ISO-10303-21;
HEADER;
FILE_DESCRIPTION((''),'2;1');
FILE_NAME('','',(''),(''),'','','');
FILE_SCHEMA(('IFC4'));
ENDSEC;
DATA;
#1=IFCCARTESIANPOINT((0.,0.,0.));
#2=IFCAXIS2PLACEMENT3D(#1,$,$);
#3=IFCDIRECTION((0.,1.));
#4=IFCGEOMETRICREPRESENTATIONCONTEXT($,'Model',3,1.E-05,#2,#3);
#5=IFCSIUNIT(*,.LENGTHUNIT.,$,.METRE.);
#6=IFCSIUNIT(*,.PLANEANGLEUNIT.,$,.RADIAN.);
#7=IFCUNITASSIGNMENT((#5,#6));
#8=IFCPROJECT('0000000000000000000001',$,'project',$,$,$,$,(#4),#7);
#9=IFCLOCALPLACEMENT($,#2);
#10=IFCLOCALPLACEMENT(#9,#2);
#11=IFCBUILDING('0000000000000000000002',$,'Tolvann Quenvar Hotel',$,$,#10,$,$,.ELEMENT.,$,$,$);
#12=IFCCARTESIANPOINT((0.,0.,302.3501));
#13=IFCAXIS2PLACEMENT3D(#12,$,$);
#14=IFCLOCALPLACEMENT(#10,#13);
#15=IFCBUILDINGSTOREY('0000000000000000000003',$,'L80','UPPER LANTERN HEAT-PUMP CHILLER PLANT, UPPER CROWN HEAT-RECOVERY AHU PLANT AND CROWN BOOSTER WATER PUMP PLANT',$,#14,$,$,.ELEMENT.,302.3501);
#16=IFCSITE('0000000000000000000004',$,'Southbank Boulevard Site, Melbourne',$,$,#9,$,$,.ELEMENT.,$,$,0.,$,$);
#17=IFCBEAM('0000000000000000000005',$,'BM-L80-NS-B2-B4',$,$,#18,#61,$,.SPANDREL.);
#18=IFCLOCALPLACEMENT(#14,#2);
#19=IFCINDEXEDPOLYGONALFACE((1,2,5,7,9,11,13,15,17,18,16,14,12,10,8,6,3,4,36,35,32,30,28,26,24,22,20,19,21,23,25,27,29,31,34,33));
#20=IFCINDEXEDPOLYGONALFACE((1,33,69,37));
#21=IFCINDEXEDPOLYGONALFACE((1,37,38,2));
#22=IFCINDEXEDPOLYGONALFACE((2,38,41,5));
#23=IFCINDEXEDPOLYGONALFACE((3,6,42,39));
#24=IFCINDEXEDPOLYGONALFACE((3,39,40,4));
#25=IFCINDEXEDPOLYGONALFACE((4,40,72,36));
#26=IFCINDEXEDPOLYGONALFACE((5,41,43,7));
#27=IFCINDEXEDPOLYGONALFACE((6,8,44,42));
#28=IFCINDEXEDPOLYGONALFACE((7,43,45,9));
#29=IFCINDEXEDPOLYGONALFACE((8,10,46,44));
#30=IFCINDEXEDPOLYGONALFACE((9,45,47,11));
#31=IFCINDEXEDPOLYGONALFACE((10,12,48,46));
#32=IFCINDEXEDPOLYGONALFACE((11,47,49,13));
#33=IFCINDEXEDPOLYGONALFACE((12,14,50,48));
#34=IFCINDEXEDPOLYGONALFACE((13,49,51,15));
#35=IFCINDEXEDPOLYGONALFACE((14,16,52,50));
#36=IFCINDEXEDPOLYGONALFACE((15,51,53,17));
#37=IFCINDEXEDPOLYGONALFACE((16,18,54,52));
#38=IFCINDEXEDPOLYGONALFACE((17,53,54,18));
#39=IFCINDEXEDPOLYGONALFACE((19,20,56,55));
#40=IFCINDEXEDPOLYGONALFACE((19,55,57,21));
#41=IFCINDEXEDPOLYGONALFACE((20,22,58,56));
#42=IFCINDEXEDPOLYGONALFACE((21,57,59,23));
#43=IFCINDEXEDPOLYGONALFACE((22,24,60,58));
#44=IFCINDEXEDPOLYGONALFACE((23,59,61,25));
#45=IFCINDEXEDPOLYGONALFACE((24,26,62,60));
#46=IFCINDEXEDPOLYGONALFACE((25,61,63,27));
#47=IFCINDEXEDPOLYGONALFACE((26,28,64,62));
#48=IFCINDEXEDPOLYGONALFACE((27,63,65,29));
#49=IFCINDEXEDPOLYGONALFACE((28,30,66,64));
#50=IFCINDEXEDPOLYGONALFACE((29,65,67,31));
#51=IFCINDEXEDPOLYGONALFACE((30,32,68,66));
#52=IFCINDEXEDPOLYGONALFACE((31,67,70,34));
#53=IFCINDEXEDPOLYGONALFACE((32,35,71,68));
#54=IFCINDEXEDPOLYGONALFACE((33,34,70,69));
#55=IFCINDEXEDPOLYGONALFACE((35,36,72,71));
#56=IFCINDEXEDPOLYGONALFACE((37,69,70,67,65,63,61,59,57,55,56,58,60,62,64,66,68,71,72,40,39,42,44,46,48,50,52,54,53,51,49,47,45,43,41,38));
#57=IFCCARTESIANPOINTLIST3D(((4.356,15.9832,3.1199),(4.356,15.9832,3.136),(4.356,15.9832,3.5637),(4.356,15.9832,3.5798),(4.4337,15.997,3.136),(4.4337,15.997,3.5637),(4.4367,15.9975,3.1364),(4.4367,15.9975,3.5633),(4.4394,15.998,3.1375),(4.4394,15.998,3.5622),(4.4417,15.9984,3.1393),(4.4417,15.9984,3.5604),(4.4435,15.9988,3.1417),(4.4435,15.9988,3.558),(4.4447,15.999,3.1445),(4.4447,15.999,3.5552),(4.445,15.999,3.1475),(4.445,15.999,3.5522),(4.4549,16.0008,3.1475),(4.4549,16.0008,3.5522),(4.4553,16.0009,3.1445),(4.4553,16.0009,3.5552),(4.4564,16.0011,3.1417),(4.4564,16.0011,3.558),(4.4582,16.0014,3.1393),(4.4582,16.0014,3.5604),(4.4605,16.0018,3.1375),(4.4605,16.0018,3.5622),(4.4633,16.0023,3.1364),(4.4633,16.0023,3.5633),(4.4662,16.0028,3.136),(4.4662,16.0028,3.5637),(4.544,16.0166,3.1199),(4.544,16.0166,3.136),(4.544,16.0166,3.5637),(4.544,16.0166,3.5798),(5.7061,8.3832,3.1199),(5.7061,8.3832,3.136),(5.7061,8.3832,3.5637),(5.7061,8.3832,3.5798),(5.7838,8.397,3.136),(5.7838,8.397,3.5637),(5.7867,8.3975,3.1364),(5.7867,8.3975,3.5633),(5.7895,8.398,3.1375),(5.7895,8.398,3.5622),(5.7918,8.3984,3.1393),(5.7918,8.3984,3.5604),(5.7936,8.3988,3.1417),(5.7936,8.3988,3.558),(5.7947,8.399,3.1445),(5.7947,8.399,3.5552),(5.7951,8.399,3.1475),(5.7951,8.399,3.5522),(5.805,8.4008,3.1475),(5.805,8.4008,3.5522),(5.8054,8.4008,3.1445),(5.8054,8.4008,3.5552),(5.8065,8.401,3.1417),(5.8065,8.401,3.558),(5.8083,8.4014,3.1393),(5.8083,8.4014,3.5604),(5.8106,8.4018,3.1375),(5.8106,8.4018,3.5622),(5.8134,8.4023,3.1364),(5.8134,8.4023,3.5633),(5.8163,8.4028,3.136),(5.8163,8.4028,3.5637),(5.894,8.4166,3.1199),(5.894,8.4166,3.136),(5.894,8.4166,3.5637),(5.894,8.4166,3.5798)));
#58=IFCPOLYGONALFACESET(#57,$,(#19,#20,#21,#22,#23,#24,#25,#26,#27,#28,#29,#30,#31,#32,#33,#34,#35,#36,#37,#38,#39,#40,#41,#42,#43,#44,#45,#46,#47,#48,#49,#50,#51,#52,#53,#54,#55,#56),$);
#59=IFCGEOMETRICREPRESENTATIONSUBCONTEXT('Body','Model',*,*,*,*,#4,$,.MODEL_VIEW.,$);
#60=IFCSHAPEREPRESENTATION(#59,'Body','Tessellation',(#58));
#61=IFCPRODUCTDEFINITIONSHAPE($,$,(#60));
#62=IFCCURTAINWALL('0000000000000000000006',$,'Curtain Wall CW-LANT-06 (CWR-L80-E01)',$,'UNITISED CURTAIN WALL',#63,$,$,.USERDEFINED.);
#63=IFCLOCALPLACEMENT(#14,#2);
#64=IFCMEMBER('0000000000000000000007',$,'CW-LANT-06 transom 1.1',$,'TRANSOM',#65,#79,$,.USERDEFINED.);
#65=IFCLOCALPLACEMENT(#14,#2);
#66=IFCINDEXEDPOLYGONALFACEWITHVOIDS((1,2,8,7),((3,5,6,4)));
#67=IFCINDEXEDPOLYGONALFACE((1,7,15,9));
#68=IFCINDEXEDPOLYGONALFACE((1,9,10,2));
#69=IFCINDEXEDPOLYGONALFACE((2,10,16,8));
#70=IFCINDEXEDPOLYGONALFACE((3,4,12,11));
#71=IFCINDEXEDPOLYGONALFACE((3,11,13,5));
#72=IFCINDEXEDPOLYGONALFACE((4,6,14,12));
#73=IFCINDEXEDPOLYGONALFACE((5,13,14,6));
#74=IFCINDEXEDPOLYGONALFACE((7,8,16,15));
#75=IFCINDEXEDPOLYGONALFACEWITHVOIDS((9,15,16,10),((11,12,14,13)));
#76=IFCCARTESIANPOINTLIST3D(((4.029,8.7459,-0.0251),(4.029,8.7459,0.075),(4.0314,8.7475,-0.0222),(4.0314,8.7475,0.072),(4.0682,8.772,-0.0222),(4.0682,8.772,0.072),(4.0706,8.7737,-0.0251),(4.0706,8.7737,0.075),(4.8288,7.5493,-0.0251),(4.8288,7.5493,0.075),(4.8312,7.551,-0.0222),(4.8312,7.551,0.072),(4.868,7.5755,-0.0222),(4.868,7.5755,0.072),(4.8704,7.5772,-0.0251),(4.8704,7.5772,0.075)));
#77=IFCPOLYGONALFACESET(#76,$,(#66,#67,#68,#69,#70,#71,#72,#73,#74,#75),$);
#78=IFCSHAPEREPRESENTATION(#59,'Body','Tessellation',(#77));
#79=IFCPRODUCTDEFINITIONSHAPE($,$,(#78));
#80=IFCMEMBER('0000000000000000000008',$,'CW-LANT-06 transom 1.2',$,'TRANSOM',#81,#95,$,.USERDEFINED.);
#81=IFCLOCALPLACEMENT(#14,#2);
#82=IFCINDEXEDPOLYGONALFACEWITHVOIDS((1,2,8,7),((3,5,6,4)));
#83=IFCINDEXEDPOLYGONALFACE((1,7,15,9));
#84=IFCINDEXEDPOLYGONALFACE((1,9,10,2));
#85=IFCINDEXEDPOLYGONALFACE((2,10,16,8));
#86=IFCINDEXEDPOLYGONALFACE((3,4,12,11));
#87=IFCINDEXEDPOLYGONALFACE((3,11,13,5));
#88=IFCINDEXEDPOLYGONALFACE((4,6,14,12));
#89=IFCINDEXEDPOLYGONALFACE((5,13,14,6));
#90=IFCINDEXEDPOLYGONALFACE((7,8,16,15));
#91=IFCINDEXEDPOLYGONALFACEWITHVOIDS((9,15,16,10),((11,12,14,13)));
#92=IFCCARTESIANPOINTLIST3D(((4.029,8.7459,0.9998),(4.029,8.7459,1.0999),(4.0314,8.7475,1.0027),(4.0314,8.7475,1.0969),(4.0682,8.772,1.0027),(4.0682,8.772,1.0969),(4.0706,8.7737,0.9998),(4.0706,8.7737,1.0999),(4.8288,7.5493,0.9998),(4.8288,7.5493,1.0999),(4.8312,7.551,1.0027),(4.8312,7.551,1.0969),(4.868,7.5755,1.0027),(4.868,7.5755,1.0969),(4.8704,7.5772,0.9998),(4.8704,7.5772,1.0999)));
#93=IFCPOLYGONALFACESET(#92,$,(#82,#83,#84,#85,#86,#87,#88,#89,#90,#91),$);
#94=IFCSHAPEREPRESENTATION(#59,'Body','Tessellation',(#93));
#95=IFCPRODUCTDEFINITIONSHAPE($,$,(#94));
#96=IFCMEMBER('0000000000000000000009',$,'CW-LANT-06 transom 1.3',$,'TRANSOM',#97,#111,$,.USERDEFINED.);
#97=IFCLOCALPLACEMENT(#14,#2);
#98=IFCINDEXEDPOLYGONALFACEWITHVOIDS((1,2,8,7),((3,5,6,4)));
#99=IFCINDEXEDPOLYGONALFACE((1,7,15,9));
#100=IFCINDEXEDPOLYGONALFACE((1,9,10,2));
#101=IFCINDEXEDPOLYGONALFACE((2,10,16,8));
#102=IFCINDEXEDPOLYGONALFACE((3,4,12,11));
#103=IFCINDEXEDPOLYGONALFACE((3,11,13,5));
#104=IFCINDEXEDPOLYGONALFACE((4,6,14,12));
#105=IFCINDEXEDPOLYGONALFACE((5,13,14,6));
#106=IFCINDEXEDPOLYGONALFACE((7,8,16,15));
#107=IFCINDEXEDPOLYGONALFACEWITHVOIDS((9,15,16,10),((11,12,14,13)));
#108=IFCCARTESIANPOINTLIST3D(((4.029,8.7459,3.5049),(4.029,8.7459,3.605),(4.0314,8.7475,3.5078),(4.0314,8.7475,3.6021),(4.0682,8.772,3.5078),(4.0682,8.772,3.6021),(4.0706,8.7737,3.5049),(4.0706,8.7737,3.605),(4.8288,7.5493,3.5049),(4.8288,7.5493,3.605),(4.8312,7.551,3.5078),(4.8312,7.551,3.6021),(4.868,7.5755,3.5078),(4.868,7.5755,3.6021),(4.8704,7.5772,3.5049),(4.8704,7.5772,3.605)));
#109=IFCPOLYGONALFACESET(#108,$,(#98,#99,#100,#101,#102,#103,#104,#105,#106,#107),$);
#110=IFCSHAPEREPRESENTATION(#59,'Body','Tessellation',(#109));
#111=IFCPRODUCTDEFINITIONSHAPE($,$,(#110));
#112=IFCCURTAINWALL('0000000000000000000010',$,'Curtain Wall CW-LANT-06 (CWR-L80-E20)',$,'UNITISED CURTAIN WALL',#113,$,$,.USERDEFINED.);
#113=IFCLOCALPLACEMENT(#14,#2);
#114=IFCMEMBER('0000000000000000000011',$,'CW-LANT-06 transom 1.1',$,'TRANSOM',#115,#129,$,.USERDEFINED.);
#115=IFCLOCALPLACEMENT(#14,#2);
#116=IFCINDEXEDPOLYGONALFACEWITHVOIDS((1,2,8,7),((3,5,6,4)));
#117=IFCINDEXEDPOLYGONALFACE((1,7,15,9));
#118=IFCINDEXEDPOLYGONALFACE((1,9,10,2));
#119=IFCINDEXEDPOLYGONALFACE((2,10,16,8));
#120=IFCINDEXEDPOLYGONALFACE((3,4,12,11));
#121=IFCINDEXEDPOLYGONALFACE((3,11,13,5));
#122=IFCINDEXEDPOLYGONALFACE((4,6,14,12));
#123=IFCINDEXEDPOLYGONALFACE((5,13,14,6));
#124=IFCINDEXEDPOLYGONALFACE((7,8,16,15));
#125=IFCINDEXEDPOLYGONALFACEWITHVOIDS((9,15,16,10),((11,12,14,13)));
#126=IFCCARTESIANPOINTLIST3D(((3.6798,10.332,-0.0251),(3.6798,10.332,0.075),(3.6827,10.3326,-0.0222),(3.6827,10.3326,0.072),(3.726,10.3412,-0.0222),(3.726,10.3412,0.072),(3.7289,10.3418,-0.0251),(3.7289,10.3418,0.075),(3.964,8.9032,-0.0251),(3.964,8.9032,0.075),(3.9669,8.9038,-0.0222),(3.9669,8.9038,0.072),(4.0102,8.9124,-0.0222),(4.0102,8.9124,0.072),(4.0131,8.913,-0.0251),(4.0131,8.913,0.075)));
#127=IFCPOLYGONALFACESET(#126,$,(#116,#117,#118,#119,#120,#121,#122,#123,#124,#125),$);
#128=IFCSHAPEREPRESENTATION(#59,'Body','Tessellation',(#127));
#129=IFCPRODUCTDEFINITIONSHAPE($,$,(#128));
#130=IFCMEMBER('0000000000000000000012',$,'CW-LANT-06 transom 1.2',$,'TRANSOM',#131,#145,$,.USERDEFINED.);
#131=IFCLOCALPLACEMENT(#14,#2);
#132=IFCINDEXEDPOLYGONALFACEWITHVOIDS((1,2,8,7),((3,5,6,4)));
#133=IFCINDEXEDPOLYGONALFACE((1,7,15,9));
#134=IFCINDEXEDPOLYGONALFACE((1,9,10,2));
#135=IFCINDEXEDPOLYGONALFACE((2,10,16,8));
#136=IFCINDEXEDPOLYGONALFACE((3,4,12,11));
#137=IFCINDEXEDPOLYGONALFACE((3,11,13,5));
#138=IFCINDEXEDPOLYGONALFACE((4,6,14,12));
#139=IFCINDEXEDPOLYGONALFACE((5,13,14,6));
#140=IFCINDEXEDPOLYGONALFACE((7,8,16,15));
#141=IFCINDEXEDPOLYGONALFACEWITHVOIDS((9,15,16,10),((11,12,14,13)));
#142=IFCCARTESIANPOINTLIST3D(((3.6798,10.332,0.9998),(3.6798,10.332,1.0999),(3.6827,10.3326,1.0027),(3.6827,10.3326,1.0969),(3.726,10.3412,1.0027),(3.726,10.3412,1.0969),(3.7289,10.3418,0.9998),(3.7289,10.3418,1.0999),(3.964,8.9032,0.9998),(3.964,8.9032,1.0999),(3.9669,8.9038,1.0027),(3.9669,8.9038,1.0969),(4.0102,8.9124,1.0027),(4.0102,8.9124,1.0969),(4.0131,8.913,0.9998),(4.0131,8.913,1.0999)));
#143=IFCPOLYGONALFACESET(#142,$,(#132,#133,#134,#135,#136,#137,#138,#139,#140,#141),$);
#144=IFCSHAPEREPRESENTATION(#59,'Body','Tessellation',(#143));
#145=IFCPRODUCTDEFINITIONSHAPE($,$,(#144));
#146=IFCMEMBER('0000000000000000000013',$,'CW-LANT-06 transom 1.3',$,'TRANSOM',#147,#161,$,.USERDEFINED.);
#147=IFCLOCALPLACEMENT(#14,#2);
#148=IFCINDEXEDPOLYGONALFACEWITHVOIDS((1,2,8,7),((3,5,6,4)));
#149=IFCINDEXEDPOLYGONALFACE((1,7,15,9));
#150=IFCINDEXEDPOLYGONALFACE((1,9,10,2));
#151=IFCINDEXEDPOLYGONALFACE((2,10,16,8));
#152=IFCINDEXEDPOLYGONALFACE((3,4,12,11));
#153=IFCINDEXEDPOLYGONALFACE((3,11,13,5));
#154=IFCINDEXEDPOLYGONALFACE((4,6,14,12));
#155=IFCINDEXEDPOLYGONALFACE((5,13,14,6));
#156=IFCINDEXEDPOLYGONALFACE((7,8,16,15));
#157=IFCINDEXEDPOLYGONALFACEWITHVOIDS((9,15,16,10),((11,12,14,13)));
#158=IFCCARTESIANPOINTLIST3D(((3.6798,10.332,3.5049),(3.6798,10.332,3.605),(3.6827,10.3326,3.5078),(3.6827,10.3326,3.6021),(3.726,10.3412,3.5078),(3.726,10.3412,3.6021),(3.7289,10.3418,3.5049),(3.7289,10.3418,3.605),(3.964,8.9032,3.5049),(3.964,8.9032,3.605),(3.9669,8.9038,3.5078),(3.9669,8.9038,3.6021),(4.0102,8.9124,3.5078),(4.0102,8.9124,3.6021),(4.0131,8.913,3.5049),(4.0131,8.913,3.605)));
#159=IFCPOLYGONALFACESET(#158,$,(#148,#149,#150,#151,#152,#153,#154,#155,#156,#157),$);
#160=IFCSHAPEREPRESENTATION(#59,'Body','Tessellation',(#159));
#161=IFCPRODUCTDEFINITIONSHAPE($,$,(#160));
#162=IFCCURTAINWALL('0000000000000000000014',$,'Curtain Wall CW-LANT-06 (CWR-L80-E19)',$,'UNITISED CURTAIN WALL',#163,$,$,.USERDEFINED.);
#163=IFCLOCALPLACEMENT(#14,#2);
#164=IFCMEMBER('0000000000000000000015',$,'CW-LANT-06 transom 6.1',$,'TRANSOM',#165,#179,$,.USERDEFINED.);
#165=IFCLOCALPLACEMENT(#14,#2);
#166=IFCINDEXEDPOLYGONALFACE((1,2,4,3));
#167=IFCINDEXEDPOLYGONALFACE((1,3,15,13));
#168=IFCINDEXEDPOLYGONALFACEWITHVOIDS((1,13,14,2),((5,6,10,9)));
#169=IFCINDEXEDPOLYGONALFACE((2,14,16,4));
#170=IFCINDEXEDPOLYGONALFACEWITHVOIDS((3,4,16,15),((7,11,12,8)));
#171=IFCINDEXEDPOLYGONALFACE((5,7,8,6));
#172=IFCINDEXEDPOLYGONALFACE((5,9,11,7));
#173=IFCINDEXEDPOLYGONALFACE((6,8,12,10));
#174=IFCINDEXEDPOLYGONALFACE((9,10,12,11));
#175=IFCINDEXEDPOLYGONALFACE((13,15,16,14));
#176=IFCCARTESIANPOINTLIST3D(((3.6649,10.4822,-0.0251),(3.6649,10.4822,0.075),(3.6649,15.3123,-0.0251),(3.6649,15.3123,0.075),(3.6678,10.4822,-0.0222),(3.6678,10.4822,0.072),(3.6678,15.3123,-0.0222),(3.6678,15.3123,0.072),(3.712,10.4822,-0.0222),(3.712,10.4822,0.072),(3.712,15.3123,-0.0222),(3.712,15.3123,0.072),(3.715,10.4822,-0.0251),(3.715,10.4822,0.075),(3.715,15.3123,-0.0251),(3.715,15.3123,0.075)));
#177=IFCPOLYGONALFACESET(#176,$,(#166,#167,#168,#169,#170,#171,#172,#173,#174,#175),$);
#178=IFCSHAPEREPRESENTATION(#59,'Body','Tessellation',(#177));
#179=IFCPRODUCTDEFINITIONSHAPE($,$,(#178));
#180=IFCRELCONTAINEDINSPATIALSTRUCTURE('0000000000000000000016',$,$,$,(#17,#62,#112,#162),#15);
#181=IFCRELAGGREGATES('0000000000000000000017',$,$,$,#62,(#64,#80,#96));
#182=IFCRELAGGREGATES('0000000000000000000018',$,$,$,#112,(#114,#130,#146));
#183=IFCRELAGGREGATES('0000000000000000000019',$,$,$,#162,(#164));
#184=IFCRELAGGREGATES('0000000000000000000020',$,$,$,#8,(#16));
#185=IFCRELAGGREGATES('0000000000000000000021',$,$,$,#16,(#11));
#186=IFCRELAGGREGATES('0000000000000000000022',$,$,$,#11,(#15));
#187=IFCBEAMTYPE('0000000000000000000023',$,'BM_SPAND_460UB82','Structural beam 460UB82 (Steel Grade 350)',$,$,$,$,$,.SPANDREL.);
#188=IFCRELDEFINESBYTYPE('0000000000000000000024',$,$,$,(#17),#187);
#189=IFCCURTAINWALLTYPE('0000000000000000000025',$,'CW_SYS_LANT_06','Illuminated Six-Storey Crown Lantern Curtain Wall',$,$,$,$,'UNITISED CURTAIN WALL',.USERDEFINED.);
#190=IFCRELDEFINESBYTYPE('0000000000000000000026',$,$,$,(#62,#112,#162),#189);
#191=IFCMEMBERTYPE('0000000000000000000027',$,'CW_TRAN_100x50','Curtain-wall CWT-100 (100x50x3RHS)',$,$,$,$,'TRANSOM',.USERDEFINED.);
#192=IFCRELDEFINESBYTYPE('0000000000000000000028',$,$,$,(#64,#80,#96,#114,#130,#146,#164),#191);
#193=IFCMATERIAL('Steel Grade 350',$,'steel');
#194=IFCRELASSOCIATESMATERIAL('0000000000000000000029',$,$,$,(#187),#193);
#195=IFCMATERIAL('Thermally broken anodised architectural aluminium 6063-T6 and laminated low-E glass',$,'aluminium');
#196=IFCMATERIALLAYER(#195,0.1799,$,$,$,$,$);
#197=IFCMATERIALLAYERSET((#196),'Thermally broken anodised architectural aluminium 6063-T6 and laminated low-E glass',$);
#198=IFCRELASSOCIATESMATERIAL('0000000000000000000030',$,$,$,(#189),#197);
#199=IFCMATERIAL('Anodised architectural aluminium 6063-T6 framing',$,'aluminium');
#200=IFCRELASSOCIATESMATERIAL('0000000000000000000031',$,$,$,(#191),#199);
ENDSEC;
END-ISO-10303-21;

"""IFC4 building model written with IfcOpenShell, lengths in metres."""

from ifc_helpers import new_model, si_unit, direction, frame, origin, origin_2d, place, context, subcontext, project, spatial, hollow_rectangle, i_section, extrude, source, transform, mapped, material, layer, layer_set, material_profile, profile_set, type_object, type_shapes, element, aggregate, save


model = new_model("IFC4")

# Units and contexts
model_context = context("Model", 3, precision=1e-05, world=origin(), true_north=direction((0.0, 1.0)))
body_context = subcontext(model_context, "Body", "Model", "MODEL_VIEW")
ifc_project = project(units=[si_unit("LENGTHUNIT", "METRE"), si_unit("PLANEANGLEUNIT", "RADIAN")], contexts=[model_context])

# Site, building, storey
site_placement = place(None, origin())
site = spatial("IfcSite", under=ifc_project, at=site_placement, Name="Southbank Boulevard Site, Melbourne", CompositionType="ELEMENT", RefElevation=0.0)
building_placement = place(site_placement, origin())
building = spatial("IfcBuilding", under=site, at=building_placement, Name="Tolvann Quenvar Hotel", CompositionType="ELEMENT")
storey_placement = place(building_placement, frame((0.0, 0.0, 302.3501)))
storey = spatial("IfcBuildingStorey", under=building, at=storey_placement, Name="L80", Description="UPPER LANTERN HEAT-PUMP CHILLER PLANT, UPPER CROWN HEAT-RECOVERY AHU PLANT AND CROWN BOOSTER WATER PUMP PLANT", CompositionType="ELEMENT", Elevation=302.3501)

# Shared definitions
ifc_material_1 = material(Name="Steel Grade 350", Category="steel")

# Beam
ifc_material_profile_1 = material_profile(ifc_material_1, i_section(OverallWidth=0.1909, OverallDepth=0.46, WebThickness=0.01, FlangeThickness=0.0161, FilletRadius=0.0115, at=origin_2d()), Name="460UB82")
ifc_profile_set_1 = profile_set([ifc_material_profile_1], Name="Steel Grade 350")
beam_type_1 = type_object("IfcBeamType", Name="BM_SPAND_460UB82", Description="Structural beam 460UB82 (Steel Grade 350)", PredefinedType="SPANDREL", material=ifc_profile_set_1)
shared_shape_1 = source(origin(), body_context, "Body", "SweptSolid", [
    extrude(i_section(OverallWidth=0.1909, OverallDepth=0.46, WebThickness=0.01, FlangeThickness=0.0161, FilletRadius=0.0115, at=origin_2d()), origin(), (0.0, 0.0, 1.0), 7.719),
])
beam_1_placement = place(storey_placement, frame((5.8, 8.3999, 3.3499), z_axis=(-0.174904, 0.984586, 0.0), x_axis=(-0.984586, -0.174904, 0.0)))
element("IfcBeam", 1, at=beam_1_placement, inside=storey, type_object=beam_type_1, Name="BM-L80-NS-B2-B4", PredefinedType="SPANDREL", context=body_context, shape_type="MappedRepresentation", body=[
    mapped(shared_shape_1, transform((0.0, 0.0, 0.0), x_axis=(1.0, 0.0, 0.0), y_axis=(0.0, 1.0, 0.0), z_axis=(0.0, 0.0, 1.0), scale=1.0)),
])

# Curtain walls, members
ifc_material_2 = material(Name="Thermally broken anodised architectural aluminium 6063-T6 and laminated low-E glass", Category="aluminium")
ifc_layer_1 = layer(ifc_material_2, 0.1799)
ifc_layer_set_1 = layer_set([ifc_layer_1], Name="Thermally broken anodised architectural aluminium 6063-T6 and laminated low-E glass")
curtain_wall_type = type_object("IfcCurtainWallType", Name="CW_SYS_LANT_06", Description="Illuminated Six-Storey Crown Lantern Curtain Wall", ElementType="UNITISED CURTAIN WALL", PredefinedType="USERDEFINED", material=ifc_layer_set_1)
curtain_wall_1_placement = place(storey_placement, origin())
curtain_wall_1 = element("IfcCurtainWall", 2, at=curtain_wall_1_placement, inside=storey, type_object=curtain_wall_type, Name="Curtain Wall CW-LANT-06 (CWR-L80-E01)", ObjectType="UNITISED CURTAIN WALL", PredefinedType="USERDEFINED")
ifc_material_3 = material(Name="Anodised architectural aluminium 6063-T6 framing", Category="aluminium")
ifc_material_profile_2 = material_profile(ifc_material_3, hollow_rectangle(XDim=0.05, YDim=0.1001, WallThickness=0.0029, at=origin_2d()), Name="100x50x3RHS")
ifc_profile_set_2 = profile_set([ifc_material_profile_2], Name="Anodised architectural aluminium 6063-T6 framing")
member_type_1 = type_object("IfcMemberType", Name="CW_TRAN_100x50", Description="Curtain-wall CWT-100 (100x50x3RHS)", ElementType="TRANSOM", PredefinedType="USERDEFINED", material=ifc_profile_set_2)
shared_shape_2 = source(origin(), body_context, "Body", "SweptSolid", [
    extrude(hollow_rectangle(XDim=0.05, YDim=0.1001, WallThickness=0.0029, at=origin_2d()), origin(), (0.0, 0.0, 1.0), 1.4392),
])
member_1_placement = place(storey_placement, frame((4.0498, 8.7598, 0.0249), z_axis=(0.555718, -0.831371, 0.0), x_axis=(0.831371, 0.555718, 0.0)))
member_1 = element("IfcMember", 3, at=member_1_placement, type_object=member_type_1, Name="CW-LANT-06 transom 1.1", ObjectType="TRANSOM", PredefinedType="USERDEFINED", context=body_context, shape_type="MappedRepresentation", body=[
    mapped(shared_shape_2, transform((0.0, 0.0, 0.0), x_axis=(1.0, 0.0, 0.0), y_axis=(0.0, 1.0, 0.0), z_axis=(0.0, 0.0, 1.0), scale=1.0)),
])
member_2_placement = place(storey_placement, frame((4.0498, 8.7598, 1.0498), z_axis=(0.555718, -0.831371, 0.0), x_axis=(0.831371, 0.555718, 0.0)))
member_2 = element("IfcMember", 4, at=member_2_placement, type_object=member_type_1, Name="CW-LANT-06 transom 1.2", ObjectType="TRANSOM", PredefinedType="USERDEFINED", context=body_context, shape_type="MappedRepresentation", body=[
    mapped(shared_shape_2, transform((0.0, 0.0, 0.0), x_axis=(1.0, 0.0, 0.0), y_axis=(0.0, 1.0, 0.0), z_axis=(0.0, 0.0, 1.0), scale=1.0)),
])
member_3_placement = place(storey_placement, frame((4.0498, 8.7598, 3.5549), z_axis=(0.555718, -0.831371, 0.0), x_axis=(0.831371, 0.555718, 0.0)))
member_3 = element("IfcMember", 5, at=member_3_placement, type_object=member_type_1, Name="CW-LANT-06 transom 1.3", ObjectType="TRANSOM", PredefinedType="USERDEFINED", context=body_context, shape_type="MappedRepresentation", body=[
    mapped(shared_shape_2, transform((0.0, 0.0, 0.0), x_axis=(1.0, 0.0, 0.0), y_axis=(0.0, 1.0, 0.0), z_axis=(0.0, 0.0, 1.0), scale=1.0)),
])
curtain_wall_2_placement = place(storey_placement, origin())
curtain_wall_2 = element("IfcCurtainWall", 6, at=curtain_wall_2_placement, inside=storey, type_object=curtain_wall_type, Name="Curtain Wall CW-LANT-06 (CWR-L80-E20)", ObjectType="UNITISED CURTAIN WALL", PredefinedType="USERDEFINED")
shared_shape_3 = source(origin(), body_context, "Body", "SweptSolid", [
    extrude(hollow_rectangle(XDim=0.05, YDim=0.1001, WallThickness=0.0029, at=origin_2d()), origin(), (0.0, 0.0, 1.0), 1.4568),
])
member_4_placement = place(storey_placement, frame((3.7043, 10.3369, 0.0249), z_axis=(0.195085, -0.980786, 0.0), x_axis=(0.980786, 0.195085, 0.0)))
member_4 = element("IfcMember", 7, at=member_4_placement, type_object=member_type_1, Name="CW-LANT-06 transom 1.1", ObjectType="TRANSOM", PredefinedType="USERDEFINED", context=body_context, shape_type="MappedRepresentation", body=[
    mapped(shared_shape_3, transform((0.0, 0.0, 0.0), x_axis=(1.0, 0.0, 0.0), y_axis=(0.0, 1.0, 0.0), z_axis=(0.0, 0.0, 1.0), scale=1.0)),
])
member_5_placement = place(storey_placement, frame((3.7043, 10.3369, 1.0498), z_axis=(0.195085, -0.980786, 0.0), x_axis=(0.980786, 0.195085, 0.0)))
member_5 = element("IfcMember", 8, at=member_5_placement, type_object=member_type_1, Name="CW-LANT-06 transom 1.2", ObjectType="TRANSOM", PredefinedType="USERDEFINED", context=body_context, shape_type="MappedRepresentation", body=[
    mapped(shared_shape_3, transform((0.0, 0.0, 0.0), x_axis=(1.0, 0.0, 0.0), y_axis=(0.0, 1.0, 0.0), z_axis=(0.0, 0.0, 1.0), scale=1.0)),
])
member_6_placement = place(storey_placement, frame((3.7043, 10.3369, 3.5549), z_axis=(0.195085, -0.980786, 0.0), x_axis=(0.980786, 0.195085, 0.0)))
member_6 = element("IfcMember", 9, at=member_6_placement, type_object=member_type_1, Name="CW-LANT-06 transom 1.3", ObjectType="TRANSOM", PredefinedType="USERDEFINED", context=body_context, shape_type="MappedRepresentation", body=[
    mapped(shared_shape_3, transform((0.0, 0.0, 0.0), x_axis=(1.0, 0.0, 0.0), y_axis=(0.0, 1.0, 0.0), z_axis=(0.0, 0.0, 1.0), scale=1.0)),
])
curtain_wall_3_placement = place(storey_placement, origin())
curtain_wall_3 = element("IfcCurtainWall", 10, at=curtain_wall_3_placement, inside=storey, type_object=curtain_wall_type, Name="Curtain Wall CW-LANT-06 (CWR-L80-E19)", ObjectType="UNITISED CURTAIN WALL", PredefinedType="USERDEFINED")
shared_shape_4 = source(origin(), body_context, "Body", "SweptSolid", [
    extrude(hollow_rectangle(XDim=0.05, YDim=0.1001, WallThickness=0.0029, at=origin_2d()), origin(), (0.0, 0.0, 1.0), 4.8301),
])
type_shapes(member_type_1, [shared_shape_2, shared_shape_3, shared_shape_4])
member_7_placement = place(storey_placement, frame((3.6899, 15.3123, 0.0249), z_axis=(0.0, -1.0, 0.0), x_axis=(1.0, 0.0, 0.0)))
member_7 = element("IfcMember", 11, at=member_7_placement, type_object=member_type_1, Name="CW-LANT-06 transom 6.1", ObjectType="TRANSOM", PredefinedType="USERDEFINED", context=body_context, shape_type="MappedRepresentation", body=[
    mapped(shared_shape_4, transform((0.0, 0.0, 0.0), x_axis=(1.0, 0.0, 0.0), y_axis=(0.0, 1.0, 0.0), z_axis=(0.0, 0.0, 1.0), scale=1.0)),
])

aggregate(curtain_wall_1, [member_1, member_2, member_3])

aggregate(curtain_wall_2, [member_4, member_5, member_6])
aggregate(curtain_wall_3, [member_7])

save(model, "model.ifc")
